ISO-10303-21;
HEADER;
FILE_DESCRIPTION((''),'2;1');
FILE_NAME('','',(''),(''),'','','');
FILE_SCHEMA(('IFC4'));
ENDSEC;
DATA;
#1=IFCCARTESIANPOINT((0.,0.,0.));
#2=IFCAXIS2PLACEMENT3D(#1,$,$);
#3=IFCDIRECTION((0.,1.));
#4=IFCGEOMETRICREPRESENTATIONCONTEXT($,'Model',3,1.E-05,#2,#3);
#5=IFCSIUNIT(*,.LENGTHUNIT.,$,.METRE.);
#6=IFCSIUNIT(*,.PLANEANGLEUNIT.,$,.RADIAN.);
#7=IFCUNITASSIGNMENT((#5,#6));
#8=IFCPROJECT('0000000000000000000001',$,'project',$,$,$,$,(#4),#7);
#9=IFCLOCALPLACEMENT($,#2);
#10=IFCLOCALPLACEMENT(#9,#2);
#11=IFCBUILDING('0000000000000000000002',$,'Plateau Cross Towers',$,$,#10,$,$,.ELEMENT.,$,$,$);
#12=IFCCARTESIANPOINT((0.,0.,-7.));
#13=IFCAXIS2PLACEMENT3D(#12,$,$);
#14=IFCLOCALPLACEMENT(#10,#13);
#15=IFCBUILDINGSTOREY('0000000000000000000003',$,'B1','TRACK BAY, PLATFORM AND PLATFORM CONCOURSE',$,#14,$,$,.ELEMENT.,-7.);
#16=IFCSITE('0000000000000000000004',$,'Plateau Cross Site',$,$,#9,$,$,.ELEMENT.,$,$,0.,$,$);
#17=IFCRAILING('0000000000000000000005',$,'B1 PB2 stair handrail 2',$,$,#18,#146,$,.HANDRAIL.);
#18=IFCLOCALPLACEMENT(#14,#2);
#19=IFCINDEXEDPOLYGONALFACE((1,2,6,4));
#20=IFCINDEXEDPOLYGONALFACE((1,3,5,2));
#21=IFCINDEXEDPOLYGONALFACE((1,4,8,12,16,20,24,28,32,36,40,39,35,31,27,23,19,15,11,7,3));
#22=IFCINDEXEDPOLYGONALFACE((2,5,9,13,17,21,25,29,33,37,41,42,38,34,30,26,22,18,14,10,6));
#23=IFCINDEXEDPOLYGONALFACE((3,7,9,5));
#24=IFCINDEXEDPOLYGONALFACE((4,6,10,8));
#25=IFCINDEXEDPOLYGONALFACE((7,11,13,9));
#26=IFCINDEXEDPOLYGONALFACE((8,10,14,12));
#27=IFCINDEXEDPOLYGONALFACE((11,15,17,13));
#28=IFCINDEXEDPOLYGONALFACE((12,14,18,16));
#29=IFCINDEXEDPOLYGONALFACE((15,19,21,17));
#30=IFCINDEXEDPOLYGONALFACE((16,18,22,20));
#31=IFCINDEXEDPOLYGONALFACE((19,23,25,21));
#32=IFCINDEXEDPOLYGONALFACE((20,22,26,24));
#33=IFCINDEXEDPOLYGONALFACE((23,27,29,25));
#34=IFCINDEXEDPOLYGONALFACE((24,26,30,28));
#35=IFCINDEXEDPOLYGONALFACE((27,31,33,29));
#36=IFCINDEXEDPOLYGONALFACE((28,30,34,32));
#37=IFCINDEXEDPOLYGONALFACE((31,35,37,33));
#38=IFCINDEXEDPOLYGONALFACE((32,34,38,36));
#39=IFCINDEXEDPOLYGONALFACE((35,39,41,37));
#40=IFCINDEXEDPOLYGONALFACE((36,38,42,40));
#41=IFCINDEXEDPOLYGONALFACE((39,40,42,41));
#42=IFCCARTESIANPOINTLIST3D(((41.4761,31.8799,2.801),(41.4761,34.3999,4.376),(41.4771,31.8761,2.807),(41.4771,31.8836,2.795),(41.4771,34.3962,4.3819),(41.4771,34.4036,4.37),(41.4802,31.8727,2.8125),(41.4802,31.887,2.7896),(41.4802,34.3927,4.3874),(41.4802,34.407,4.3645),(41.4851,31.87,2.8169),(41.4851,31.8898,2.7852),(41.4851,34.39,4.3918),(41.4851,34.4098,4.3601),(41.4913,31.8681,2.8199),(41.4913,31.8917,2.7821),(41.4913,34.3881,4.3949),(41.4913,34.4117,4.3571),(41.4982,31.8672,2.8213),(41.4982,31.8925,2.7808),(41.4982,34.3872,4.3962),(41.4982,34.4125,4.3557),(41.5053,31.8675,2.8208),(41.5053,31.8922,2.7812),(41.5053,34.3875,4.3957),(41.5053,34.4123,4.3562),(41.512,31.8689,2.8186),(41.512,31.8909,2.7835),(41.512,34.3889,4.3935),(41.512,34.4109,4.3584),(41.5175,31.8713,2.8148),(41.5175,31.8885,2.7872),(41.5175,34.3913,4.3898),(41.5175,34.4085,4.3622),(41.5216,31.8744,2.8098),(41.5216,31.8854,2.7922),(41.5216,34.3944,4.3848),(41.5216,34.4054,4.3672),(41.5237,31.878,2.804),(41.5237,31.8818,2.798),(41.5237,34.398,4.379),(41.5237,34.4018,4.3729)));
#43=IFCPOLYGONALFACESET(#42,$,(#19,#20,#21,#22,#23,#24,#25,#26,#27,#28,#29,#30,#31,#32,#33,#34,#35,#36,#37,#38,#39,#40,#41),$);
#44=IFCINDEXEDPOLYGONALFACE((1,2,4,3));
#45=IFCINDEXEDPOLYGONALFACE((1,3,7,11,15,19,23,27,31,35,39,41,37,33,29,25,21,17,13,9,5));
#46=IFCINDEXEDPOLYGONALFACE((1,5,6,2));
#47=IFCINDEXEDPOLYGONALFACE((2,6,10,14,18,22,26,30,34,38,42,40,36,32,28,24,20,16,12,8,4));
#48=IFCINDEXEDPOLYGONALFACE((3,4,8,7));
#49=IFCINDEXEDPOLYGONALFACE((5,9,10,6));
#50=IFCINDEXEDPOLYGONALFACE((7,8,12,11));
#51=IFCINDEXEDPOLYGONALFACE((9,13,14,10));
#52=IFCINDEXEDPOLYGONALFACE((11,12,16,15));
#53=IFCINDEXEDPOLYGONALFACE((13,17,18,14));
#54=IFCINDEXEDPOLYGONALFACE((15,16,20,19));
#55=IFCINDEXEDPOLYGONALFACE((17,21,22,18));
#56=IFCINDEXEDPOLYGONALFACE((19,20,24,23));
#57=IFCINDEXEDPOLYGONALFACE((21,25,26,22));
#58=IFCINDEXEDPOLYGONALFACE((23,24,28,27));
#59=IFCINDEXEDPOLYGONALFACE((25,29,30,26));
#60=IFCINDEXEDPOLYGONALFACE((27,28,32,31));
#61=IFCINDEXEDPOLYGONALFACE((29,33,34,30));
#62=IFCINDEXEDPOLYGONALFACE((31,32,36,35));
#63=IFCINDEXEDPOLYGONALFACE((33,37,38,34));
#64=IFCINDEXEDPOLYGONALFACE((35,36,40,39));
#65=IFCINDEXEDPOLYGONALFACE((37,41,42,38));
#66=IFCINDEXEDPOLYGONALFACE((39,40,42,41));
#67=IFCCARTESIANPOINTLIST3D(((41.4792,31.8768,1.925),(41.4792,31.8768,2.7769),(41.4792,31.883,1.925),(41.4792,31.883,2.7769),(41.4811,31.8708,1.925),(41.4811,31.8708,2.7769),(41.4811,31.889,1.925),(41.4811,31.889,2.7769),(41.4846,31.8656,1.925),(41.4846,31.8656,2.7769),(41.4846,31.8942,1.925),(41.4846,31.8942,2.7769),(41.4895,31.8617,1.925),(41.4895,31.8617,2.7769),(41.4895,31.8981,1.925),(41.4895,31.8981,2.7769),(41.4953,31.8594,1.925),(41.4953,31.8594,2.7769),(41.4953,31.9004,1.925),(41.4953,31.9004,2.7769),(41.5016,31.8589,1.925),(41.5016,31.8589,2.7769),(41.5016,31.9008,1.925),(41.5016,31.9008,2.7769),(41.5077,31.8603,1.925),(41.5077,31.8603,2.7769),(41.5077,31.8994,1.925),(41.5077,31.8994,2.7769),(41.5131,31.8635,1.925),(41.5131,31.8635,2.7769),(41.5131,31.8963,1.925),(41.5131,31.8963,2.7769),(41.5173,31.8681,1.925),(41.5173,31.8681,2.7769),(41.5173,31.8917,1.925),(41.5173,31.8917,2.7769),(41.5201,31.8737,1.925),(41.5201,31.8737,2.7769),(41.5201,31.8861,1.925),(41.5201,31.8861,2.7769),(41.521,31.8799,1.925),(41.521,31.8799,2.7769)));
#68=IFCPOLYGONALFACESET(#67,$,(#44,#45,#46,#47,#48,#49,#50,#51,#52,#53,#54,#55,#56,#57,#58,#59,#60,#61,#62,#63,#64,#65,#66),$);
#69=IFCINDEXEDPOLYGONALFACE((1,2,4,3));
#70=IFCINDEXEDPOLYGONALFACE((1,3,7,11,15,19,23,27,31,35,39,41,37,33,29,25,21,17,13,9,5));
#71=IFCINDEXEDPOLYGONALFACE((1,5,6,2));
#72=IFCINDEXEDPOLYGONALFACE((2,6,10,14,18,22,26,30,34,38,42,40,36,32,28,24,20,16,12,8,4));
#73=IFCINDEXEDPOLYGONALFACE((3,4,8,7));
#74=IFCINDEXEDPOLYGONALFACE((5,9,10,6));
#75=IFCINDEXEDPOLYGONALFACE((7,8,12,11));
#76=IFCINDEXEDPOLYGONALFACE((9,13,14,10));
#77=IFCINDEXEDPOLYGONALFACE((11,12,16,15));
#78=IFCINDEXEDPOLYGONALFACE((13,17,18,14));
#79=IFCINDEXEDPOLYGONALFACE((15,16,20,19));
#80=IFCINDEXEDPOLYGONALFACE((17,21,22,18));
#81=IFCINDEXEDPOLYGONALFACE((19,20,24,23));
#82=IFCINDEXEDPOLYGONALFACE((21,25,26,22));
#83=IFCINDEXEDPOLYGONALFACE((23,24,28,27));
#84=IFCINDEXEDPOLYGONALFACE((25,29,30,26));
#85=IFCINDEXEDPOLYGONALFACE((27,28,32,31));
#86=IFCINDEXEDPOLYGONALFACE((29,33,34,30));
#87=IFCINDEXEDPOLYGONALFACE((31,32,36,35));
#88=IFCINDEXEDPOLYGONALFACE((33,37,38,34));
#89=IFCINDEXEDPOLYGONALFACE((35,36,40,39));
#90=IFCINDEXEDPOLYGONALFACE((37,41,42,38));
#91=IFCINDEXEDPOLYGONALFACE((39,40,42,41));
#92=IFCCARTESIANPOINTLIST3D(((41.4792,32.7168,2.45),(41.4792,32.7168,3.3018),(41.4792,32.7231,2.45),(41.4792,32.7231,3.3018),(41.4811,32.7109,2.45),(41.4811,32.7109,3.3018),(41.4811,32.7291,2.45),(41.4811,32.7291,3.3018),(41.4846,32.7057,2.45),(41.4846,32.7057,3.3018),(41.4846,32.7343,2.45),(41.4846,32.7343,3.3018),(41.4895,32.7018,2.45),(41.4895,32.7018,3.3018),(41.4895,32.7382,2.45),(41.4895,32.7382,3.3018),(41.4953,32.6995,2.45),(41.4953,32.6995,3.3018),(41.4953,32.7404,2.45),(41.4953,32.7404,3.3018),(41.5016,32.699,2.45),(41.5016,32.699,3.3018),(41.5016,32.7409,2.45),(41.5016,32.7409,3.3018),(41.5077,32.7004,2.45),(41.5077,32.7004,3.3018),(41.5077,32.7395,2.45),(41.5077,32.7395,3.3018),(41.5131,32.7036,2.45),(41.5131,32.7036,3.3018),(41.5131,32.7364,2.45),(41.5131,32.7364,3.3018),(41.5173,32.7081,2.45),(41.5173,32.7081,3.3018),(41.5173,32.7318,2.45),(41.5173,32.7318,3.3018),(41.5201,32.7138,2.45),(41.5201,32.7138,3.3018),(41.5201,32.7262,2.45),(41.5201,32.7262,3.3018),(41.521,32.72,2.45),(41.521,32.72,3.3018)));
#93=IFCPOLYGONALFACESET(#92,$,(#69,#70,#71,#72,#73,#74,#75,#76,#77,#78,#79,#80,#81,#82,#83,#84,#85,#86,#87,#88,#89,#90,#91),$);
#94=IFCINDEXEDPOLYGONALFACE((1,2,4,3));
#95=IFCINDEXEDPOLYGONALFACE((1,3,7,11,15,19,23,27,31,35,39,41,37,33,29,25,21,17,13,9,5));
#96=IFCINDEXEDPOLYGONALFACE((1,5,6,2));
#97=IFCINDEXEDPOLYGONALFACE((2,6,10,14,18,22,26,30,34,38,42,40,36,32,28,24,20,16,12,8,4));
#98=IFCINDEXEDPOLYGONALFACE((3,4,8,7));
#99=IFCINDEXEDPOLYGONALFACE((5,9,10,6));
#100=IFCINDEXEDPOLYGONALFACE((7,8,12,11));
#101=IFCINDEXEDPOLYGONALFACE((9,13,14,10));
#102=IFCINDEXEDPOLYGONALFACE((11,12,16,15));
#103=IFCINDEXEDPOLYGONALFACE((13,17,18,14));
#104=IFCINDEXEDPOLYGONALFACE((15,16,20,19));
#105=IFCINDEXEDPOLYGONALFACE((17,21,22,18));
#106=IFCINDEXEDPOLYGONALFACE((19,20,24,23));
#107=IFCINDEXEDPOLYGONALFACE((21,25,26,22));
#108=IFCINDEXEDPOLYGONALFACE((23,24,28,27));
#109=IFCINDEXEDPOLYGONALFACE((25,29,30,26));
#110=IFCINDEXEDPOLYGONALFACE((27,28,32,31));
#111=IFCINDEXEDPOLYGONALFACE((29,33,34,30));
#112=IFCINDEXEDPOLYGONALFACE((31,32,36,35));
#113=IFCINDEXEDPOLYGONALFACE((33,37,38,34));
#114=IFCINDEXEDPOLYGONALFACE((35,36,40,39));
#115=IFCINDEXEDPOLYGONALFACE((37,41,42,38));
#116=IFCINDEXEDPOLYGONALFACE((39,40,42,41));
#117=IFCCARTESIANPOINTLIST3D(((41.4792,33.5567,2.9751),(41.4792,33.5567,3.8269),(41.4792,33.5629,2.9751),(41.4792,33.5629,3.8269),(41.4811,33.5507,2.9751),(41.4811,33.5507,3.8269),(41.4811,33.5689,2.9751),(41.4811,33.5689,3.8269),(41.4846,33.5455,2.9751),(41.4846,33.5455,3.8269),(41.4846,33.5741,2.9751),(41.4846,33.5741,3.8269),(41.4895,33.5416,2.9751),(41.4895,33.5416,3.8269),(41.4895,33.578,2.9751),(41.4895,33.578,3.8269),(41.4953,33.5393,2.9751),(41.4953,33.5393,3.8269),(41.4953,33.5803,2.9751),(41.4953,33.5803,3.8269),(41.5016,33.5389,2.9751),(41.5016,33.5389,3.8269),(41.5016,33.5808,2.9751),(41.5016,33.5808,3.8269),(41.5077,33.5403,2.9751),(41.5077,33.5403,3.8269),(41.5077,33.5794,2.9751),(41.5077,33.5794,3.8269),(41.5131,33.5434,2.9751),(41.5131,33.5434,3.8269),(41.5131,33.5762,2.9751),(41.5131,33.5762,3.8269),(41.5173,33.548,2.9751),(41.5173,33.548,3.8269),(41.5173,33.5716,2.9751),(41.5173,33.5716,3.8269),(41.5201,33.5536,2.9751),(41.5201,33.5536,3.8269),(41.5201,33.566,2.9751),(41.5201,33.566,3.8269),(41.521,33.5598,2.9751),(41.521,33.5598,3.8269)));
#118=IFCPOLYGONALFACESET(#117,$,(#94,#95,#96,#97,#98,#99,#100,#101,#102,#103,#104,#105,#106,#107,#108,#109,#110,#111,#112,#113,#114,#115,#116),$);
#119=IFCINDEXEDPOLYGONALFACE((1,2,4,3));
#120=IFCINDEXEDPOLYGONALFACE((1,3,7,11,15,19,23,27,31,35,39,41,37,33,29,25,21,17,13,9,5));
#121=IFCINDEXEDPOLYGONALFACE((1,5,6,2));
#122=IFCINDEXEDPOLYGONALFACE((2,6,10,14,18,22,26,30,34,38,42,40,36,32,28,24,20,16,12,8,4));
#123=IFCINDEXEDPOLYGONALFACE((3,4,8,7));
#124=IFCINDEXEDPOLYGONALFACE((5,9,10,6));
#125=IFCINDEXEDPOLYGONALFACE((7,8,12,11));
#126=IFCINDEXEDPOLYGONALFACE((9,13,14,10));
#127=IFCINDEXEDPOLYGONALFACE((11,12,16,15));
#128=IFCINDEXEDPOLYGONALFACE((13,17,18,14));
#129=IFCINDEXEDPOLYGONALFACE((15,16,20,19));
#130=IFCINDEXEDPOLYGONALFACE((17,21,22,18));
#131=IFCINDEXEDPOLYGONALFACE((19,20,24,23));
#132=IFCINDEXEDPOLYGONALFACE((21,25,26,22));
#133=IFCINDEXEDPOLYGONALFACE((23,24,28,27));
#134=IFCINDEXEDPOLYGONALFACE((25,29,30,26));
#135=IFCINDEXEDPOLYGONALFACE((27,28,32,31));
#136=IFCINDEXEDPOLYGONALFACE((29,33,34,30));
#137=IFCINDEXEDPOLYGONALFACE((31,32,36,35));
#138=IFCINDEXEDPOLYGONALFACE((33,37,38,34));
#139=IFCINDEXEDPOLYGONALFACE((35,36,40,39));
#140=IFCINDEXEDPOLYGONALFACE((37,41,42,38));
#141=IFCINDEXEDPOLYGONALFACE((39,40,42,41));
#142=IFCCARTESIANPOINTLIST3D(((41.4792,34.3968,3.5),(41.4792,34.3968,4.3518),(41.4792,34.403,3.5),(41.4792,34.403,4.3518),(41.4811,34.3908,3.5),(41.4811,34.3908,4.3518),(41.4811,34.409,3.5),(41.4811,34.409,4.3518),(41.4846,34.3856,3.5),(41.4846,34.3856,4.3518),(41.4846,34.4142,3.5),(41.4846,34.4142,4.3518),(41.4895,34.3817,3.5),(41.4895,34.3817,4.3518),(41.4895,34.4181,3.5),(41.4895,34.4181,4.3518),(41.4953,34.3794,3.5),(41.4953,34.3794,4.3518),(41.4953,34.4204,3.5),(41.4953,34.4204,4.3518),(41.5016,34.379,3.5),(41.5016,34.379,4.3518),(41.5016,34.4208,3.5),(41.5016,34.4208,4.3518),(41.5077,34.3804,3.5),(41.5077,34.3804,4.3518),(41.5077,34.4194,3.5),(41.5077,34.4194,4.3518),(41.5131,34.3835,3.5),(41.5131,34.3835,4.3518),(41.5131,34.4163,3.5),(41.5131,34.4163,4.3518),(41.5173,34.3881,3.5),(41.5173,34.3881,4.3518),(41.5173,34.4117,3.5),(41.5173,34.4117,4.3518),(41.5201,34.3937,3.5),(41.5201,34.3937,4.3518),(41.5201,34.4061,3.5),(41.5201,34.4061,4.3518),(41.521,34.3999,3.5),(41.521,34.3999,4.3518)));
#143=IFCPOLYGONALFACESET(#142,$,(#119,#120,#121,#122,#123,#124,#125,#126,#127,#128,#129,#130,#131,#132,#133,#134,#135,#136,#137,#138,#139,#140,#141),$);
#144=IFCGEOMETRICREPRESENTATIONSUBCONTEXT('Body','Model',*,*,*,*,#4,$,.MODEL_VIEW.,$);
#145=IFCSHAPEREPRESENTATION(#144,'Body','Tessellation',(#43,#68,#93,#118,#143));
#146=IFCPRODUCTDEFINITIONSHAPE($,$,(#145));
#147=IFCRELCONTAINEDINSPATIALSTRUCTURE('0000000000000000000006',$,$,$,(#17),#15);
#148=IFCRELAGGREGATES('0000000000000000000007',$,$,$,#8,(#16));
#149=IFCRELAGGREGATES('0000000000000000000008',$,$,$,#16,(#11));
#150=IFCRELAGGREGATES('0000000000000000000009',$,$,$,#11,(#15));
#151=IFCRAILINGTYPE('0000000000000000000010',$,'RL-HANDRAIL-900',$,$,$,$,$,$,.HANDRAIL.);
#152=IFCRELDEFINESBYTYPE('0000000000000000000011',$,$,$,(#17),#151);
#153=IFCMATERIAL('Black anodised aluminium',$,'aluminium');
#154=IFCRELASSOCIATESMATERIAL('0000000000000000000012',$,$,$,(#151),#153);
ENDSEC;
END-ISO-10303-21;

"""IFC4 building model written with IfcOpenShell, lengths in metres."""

from ifc_helpers import new_model, si_unit, direction, frame, origin, origin_2d, place, context, subcontext, project, spatial, circle, extrude, material, type_object, element, save


model = new_model("IFC4")

# Units and contexts
model_context = context("Model", 3, precision=1e-05, world=origin(), true_north=direction((0.0, 1.0)))
body_context = subcontext(model_context, "Body", "Model", "MODEL_VIEW")
ifc_project = project(units=[si_unit("LENGTHUNIT", "METRE"), si_unit("PLANEANGLEUNIT", "RADIAN")], contexts=[model_context])

# Site, building, storey
site_placement = place(None, origin())
site = spatial("IfcSite", under=ifc_project, at=site_placement, Name="Plateau Cross Site", CompositionType="ELEMENT", RefElevation=0.0)
building_placement = place(site_placement, origin())
building = spatial("IfcBuilding", under=site, at=building_placement, Name="Plateau Cross Towers", CompositionType="ELEMENT")
storey_placement = place(building_placement, frame((0.0, 0.0, -7.0)))
storey = spatial("IfcBuildingStorey", under=building, at=storey_placement, Name="B1", Description="TRACK BAY, PLATFORM AND PLATFORM CONCOURSE", CompositionType="ELEMENT", Elevation=-7.0)

# Railing
ifc_material_1 = material(Name="Black anodised aluminium", Category="aluminium")
railing_type_1 = type_object("IfcRailingType", Name="RL-HANDRAIL-900", PredefinedType="HANDRAIL", material=ifc_material_1)
railing_1_placement = place(storey_placement, frame((41.5, 31.8799, 1.925)))
element("IfcRailing", 1, at=railing_1_placement, inside=storey, type_object=railing_type_1, Name="B1 PB2 stair handrail 2", PredefinedType="HANDRAIL", context=body_context, shape_type="SweptSolid", body=[
    extrude(circle(Radius=0.0239, at=origin_2d()), frame((0.0, 0.0, 0.876), z_axis=(0.0, 0.848008, 0.529984), x_axis=(-1.0, 0.0, 0.0)), (0.0, 0.0, 1.0), 2.9717),
    extrude(circle(Radius=0.021, at=origin_2d()), origin(), (0.0, 0.0, 1.0), 0.8518),
    extrude(circle(Radius=0.021, at=origin_2d()), frame((0.0, 0.8401, 0.5249)), (0.0, 0.0, 1.0), 0.8518),
    extrude(circle(Radius=0.021, at=origin_2d()), frame((0.0, 1.6799, 1.05)), (0.0, 0.0, 1.0), 0.8518),
    extrude(circle(Radius=0.021, at=origin_2d()), frame((0.0, 2.52, 1.575)), (0.0, 0.0, 1.0), 0.8518),
])

save(model, "model.ifc")
